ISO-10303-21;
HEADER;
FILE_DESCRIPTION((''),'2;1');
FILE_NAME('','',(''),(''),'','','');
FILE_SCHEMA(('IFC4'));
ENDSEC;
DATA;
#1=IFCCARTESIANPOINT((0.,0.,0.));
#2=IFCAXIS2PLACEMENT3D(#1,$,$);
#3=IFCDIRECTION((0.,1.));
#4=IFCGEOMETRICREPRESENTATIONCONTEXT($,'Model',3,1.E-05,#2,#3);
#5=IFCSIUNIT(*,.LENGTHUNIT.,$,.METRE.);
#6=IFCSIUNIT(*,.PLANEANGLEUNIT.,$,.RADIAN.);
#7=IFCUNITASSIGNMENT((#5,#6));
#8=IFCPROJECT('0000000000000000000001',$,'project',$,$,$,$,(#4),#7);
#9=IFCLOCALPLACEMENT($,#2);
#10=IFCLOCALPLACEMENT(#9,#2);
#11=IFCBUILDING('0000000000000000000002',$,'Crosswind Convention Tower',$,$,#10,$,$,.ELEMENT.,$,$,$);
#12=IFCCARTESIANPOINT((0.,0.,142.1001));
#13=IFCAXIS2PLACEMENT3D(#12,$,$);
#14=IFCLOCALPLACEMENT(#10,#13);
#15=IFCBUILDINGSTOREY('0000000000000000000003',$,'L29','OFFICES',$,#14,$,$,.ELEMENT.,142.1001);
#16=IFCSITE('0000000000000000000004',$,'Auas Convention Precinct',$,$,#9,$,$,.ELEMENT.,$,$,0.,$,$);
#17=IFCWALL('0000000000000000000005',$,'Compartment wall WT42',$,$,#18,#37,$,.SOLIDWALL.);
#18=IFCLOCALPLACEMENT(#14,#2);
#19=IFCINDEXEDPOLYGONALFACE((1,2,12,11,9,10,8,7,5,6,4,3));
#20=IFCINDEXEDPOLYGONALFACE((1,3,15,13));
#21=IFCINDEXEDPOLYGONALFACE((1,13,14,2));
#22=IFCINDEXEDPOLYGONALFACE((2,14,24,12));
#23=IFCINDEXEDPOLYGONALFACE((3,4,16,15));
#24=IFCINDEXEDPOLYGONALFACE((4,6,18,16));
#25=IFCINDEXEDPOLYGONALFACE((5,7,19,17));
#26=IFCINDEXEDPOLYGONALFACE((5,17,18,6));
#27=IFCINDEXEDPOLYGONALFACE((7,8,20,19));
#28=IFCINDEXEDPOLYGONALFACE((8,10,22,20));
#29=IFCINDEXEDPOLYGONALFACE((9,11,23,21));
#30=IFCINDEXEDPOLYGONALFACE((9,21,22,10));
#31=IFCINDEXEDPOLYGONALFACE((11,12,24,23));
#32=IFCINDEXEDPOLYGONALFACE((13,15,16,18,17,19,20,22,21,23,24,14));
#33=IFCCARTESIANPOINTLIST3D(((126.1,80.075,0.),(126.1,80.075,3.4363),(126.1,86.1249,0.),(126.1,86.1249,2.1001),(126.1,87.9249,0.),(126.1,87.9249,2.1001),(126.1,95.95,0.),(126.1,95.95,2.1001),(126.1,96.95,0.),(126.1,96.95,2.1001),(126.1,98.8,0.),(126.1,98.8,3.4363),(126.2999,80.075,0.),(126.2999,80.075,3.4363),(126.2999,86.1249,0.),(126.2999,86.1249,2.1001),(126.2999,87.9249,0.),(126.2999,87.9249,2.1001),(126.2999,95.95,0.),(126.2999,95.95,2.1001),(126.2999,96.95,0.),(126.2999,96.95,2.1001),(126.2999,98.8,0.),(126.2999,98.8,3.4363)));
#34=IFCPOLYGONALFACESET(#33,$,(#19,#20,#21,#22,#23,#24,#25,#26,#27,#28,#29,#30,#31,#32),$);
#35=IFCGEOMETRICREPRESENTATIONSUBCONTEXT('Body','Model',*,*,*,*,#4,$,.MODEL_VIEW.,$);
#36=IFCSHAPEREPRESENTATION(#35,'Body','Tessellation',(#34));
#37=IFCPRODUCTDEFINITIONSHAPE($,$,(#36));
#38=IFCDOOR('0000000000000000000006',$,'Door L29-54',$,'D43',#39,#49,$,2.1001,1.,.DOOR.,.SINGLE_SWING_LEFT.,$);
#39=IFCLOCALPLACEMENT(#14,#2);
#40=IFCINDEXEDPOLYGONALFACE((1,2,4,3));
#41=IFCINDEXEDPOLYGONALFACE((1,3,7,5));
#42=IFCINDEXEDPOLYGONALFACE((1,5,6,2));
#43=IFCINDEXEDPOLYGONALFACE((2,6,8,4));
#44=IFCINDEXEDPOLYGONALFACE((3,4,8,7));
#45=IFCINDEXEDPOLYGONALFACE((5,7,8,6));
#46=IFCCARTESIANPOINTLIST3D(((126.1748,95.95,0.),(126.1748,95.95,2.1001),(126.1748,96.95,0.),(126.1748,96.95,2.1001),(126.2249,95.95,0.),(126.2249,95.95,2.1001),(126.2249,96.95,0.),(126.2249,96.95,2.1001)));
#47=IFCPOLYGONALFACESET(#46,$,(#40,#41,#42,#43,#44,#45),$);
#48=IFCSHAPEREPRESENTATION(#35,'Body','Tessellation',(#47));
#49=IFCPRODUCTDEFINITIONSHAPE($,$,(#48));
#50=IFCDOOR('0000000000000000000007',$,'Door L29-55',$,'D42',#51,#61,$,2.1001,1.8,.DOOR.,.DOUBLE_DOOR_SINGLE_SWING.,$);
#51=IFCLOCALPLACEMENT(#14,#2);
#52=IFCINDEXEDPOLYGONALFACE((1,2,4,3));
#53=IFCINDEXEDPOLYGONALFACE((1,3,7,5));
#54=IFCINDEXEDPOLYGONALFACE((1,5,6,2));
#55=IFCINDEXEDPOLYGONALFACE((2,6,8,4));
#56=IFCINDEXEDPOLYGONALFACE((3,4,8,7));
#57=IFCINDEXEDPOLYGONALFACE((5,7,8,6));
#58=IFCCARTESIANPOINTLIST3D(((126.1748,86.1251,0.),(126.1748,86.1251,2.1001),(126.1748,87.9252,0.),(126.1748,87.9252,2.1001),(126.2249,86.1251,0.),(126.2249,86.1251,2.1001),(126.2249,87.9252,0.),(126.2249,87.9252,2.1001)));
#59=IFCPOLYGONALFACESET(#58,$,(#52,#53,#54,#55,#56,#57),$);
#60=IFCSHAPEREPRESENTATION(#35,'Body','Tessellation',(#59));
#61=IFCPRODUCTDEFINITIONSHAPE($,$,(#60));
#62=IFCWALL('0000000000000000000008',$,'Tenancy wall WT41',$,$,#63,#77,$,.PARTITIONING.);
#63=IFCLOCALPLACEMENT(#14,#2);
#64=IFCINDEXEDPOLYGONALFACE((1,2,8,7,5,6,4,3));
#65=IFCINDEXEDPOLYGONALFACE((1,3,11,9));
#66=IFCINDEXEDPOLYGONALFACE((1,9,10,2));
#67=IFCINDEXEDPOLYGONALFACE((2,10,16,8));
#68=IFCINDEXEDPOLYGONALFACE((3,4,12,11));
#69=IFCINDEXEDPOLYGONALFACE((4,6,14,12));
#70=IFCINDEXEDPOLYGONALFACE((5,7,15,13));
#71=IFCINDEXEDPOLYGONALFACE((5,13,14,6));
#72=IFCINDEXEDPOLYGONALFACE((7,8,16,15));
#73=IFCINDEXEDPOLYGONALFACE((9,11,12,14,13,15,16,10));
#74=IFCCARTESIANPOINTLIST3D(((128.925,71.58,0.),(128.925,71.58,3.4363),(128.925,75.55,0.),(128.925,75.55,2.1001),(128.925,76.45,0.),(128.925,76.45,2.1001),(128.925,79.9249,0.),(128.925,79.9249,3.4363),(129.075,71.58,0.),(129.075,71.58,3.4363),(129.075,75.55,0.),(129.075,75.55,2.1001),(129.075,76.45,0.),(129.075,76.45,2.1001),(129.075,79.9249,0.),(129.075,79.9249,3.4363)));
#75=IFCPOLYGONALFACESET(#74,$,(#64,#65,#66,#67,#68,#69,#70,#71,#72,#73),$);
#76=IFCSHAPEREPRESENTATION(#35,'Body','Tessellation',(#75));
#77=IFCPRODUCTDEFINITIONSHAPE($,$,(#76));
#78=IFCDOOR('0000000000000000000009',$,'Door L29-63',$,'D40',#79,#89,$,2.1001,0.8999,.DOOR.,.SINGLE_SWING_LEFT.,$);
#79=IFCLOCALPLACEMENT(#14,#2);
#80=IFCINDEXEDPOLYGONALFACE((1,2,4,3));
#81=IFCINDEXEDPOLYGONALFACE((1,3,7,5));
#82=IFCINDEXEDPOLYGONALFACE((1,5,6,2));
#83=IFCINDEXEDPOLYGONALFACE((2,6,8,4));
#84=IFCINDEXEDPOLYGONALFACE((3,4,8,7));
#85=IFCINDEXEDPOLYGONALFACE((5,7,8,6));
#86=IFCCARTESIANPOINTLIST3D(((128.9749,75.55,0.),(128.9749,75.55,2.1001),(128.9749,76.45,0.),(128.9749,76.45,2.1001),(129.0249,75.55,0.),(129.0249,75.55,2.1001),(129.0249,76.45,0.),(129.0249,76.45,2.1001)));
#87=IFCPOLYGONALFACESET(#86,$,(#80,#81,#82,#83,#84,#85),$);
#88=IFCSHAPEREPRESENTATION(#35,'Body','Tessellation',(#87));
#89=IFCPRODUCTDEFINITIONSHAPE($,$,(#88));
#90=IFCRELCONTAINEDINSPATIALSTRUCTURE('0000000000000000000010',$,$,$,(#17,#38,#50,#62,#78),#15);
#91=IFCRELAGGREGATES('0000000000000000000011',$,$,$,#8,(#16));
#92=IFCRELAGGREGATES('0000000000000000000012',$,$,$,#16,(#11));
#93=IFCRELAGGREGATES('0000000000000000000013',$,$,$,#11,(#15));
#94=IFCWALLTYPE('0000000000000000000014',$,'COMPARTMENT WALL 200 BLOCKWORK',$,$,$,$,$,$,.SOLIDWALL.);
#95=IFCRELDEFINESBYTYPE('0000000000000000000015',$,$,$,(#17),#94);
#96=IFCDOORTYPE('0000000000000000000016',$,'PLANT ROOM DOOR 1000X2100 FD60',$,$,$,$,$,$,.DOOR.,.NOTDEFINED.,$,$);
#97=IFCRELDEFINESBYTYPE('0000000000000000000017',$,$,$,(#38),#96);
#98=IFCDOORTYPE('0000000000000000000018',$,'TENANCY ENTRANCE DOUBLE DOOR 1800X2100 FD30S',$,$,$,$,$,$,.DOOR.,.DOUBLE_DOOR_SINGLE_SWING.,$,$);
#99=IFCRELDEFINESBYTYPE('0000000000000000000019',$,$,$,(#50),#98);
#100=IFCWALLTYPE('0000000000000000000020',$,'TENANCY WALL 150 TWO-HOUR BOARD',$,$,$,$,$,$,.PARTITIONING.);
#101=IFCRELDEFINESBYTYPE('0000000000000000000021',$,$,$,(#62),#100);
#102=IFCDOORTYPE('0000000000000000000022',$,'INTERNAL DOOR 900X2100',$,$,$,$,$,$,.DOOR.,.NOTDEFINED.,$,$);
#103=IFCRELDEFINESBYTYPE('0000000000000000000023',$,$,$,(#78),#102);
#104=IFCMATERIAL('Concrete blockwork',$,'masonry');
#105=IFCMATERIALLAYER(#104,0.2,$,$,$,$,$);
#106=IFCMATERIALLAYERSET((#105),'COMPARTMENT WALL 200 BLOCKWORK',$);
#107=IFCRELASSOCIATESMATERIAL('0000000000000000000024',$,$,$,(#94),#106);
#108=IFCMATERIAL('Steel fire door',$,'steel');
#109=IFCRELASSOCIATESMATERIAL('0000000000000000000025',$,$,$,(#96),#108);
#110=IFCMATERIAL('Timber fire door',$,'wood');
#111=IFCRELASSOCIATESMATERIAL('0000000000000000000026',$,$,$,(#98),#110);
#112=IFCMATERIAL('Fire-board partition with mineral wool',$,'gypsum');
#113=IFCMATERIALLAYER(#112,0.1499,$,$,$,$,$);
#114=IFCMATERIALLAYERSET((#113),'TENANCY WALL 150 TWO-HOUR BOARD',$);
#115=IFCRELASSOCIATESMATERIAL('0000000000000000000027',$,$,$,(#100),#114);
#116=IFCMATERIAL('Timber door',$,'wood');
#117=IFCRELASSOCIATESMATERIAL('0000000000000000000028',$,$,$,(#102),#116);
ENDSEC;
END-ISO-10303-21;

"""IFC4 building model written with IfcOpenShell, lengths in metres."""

from ifc_helpers import new_model, si_unit, direction, frame, frame_2d, origin, place, context, subcontext, project, spatial, rectangle, extrude, material, layer, layer_set, type_object, element, fill, save


model = new_model("IFC4")

# Units and contexts
model_context = context("Model", 3, precision=1e-05, world=origin(), true_north=direction((0.0, 1.0)))
body_context = subcontext(model_context, "Body", "Model", "MODEL_VIEW")
ifc_project = project(units=[si_unit("LENGTHUNIT", "METRE"), si_unit("PLANEANGLEUNIT", "RADIAN")], contexts=[model_context])

# Site, building, storey
site_placement = place(None, origin())
site = spatial("IfcSite", under=ifc_project, at=site_placement, Name="Auas Convention Precinct", CompositionType="ELEMENT", RefElevation=0.0)
building_placement = place(site_placement, origin())
building = spatial("IfcBuilding", under=site, at=building_placement, Name="Crosswind Convention Tower", CompositionType="ELEMENT")
storey_placement = place(building_placement, frame((0.0, 0.0, 142.1001)))
storey = spatial("IfcBuildingStorey", under=building, at=storey_placement, Name="L29", Description="OFFICES", CompositionType="ELEMENT", Elevation=142.1001)

# Wall, openings, doors
ifc_material_1 = material(Name="Concrete blockwork", Category="masonry")
ifc_layer_1 = layer(ifc_material_1, 0.2)
ifc_layer_set_1 = layer_set([ifc_layer_1], Name="COMPARTMENT WALL 200 BLOCKWORK")
wall_type_1 = type_object("IfcWallType", Name="COMPARTMENT WALL 200 BLOCKWORK", PredefinedType="SOLIDWALL", material=ifc_layer_set_1)
ifc_material_2 = material(Name="Steel fire door", Category="steel")
door_type_1 = type_object("IfcDoorType", Name="PLANT ROOM DOOR 1000X2100 FD60", OperationType="NOTDEFINED", PredefinedType="DOOR", material=ifc_material_2)
ifc_material_3 = material(Name="Timber fire door", Category="wood")
wall_1_placement = place(storey_placement, frame((126.2, 80.075, 0.0), z_axis=(0.0, 0.0, 1.0), x_axis=(0.0, 1.0, 0.0)))
wall_1 = element("IfcWall", 1, at=wall_1_placement, inside=storey, type_object=wall_type_1, Name="Compartment wall WT42", PredefinedType="SOLIDWALL", context=body_context, shape_type="SweptSolid", body=[
    extrude(rectangle(XDim=18.7251, YDim=0.2, at=frame_2d((9.3625, 0.0))), origin(), (0.0, 0.0, 1.0), 3.4363),
])
opening_1_placement = place(wall_1_placement, frame((15.875, 0.0, 0.0)))
opening_1 = element("IfcOpeningElement", 2, at=opening_1_placement, cuts=wall_1, PredefinedType="OPENING", context=body_context, shape_type="SweptSolid", body=[
    extrude(rectangle(XDim=1.0, YDim=2.1001, at=frame_2d((0.5, 1.05))), frame((0.0, 0.1099, 0.0), z_axis=(0.0, -1.0, 0.0), x_axis=(1.0, 0.0, 0.0)), (0.0, 0.0, 1.0), 0.22),
])
opening_2_placement = place(wall_1_placement, frame((6.05, 0.0, 0.0)))
opening_2 = element("IfcOpeningElement", 3, at=opening_2_placement, cuts=wall_1, PredefinedType="OPENING", context=body_context, shape_type="SweptSolid", body=[
    extrude(rectangle(XDim=1.8, YDim=2.1001, at=frame_2d((0.8999, 1.05))), frame((0.0, 0.1099, 0.0), z_axis=(0.0, -1.0, 0.0), x_axis=(1.0, 0.0, 0.0)), (0.0, 0.0, 1.0), 0.22),
])
door_1_placement = place(opening_1_placement, frame((1.0, 0.0, 0.0), z_axis=(0.0, 0.0, 1.0), x_axis=(-1.0, 0.0, 0.0)))
door_1 = element("IfcDoor", 4, at=door_1_placement, inside=storey, type_object=door_type_1, Name="Door L29-54", ObjectType="D43", OperationType="SINGLE_SWING_LEFT", OverallHeight=2.1001, OverallWidth=1.0, PredefinedType="DOOR", context=body_context, shape_type="SweptSolid", body=[
    extrude(rectangle(XDim=1.0, YDim=2.1001, at=frame_2d((0.5, 1.05))), frame((0.0, 0.0249, 0.0), z_axis=(0.0, -1.0, 0.0), x_axis=(1.0, 0.0, 0.0)), (0.0, 0.0, 1.0), 0.05),
])
fill(opening_1, door_1)
door_type_2 = type_object("IfcDoorType", Name="TENANCY ENTRANCE DOUBLE DOOR 1800X2100 FD30S", OperationType="DOUBLE_DOOR_SINGLE_SWING", PredefinedType="DOOR", material=ifc_material_3)
door_2_placement = place(opening_2_placement, frame((1.8, 0.0, 0.0), z_axis=(0.0, 0.0, 1.0), x_axis=(-1.0, 0.0, 0.0)))
door_2 = element("IfcDoor", 5, at=door_2_placement, inside=storey, type_object=door_type_2, Name="Door L29-55", ObjectType="D42", OperationType="DOUBLE_DOOR_SINGLE_SWING", OverallHeight=2.1001, OverallWidth=1.8, PredefinedType="DOOR", context=body_context, shape_type="SweptSolid", body=[
    extrude(rectangle(XDim=1.8, YDim=2.1001, at=frame_2d((0.8999, 1.05))), frame((0.0, 0.0249, 0.0), z_axis=(0.0, -1.0, 0.0), x_axis=(1.0, 0.0, 0.0)), (0.0, 0.0, 1.0), 0.05),
])
fill(opening_2, door_2)

# Wall, opening, door
ifc_material_4 = material(Name="Fire-board partition with mineral wool", Category="gypsum")
ifc_layer_2 = layer(ifc_material_4, 0.1499)
ifc_layer_set_2 = layer_set([ifc_layer_2], Name="TENANCY WALL 150 TWO-HOUR BOARD")
wall_type_2 = type_object("IfcWallType", Name="TENANCY WALL 150 TWO-HOUR BOARD", PredefinedType="PARTITIONING", material=ifc_layer_set_2)
wall_2_placement = place(storey_placement, frame((129.0, 71.5801, 0.0), z_axis=(0.0, 0.0, 1.0), x_axis=(0.0, 1.0, 0.0)))
wall_2 = element("IfcWall", 6, at=wall_2_placement, inside=storey, type_object=wall_type_2, Name="Tenancy wall WT41", PredefinedType="PARTITIONING", context=body_context, shape_type="SweptSolid", body=[
    extrude(rectangle(XDim=8.345, YDim=0.1499, at=frame_2d((4.1724, 0.0))), origin(), (0.0, 0.0, 1.0), 3.4363),
])
opening_3_placement = place(wall_2_placement, frame((3.97, 0.0, 0.0)))
opening_3 = element("IfcOpeningElement", 7, at=opening_3_placement, cuts=wall_2, PredefinedType="OPENING", context=body_context, shape_type="SweptSolid", body=[
    extrude(rectangle(XDim=0.8999, YDim=2.1001, at=frame_2d((0.45, 1.05))), frame((0.0, 0.085, 0.0), z_axis=(0.0, -1.0, 0.0), x_axis=(1.0, 0.0, 0.0)), (0.0, 0.0, 1.0), 0.1699),
])
ifc_material_5 = material(Name="Timber door", Category="wood")
door_type_3 = type_object("IfcDoorType", Name="INTERNAL DOOR 900X2100", OperationType="NOTDEFINED", PredefinedType="DOOR", material=ifc_material_5)
door_3_placement = place(opening_3_placement, frame((0.8999, 0.0, 0.0), z_axis=(0.0, 0.0, 1.0), x_axis=(-1.0, 0.0, 0.0)))
door_3 = element("IfcDoor", 8, at=door_3_placement, inside=storey, type_object=door_type_3, Name="Door L29-63", ObjectType="D40", OperationType="SINGLE_SWING_LEFT", OverallHeight=2.1001, OverallWidth=0.8999, PredefinedType="DOOR", context=body_context, shape_type="SweptSolid", body=[
    extrude(rectangle(XDim=0.8999, YDim=2.1001, at=frame_2d((0.45, 1.05))), frame((0.0, 0.0249, 0.0), z_axis=(0.0, -1.0, 0.0), x_axis=(1.0, 0.0, 0.0)), (0.0, 0.0, 1.0), 0.05),
])
fill(opening_3, door_3)

save(model, "model.ifc")
